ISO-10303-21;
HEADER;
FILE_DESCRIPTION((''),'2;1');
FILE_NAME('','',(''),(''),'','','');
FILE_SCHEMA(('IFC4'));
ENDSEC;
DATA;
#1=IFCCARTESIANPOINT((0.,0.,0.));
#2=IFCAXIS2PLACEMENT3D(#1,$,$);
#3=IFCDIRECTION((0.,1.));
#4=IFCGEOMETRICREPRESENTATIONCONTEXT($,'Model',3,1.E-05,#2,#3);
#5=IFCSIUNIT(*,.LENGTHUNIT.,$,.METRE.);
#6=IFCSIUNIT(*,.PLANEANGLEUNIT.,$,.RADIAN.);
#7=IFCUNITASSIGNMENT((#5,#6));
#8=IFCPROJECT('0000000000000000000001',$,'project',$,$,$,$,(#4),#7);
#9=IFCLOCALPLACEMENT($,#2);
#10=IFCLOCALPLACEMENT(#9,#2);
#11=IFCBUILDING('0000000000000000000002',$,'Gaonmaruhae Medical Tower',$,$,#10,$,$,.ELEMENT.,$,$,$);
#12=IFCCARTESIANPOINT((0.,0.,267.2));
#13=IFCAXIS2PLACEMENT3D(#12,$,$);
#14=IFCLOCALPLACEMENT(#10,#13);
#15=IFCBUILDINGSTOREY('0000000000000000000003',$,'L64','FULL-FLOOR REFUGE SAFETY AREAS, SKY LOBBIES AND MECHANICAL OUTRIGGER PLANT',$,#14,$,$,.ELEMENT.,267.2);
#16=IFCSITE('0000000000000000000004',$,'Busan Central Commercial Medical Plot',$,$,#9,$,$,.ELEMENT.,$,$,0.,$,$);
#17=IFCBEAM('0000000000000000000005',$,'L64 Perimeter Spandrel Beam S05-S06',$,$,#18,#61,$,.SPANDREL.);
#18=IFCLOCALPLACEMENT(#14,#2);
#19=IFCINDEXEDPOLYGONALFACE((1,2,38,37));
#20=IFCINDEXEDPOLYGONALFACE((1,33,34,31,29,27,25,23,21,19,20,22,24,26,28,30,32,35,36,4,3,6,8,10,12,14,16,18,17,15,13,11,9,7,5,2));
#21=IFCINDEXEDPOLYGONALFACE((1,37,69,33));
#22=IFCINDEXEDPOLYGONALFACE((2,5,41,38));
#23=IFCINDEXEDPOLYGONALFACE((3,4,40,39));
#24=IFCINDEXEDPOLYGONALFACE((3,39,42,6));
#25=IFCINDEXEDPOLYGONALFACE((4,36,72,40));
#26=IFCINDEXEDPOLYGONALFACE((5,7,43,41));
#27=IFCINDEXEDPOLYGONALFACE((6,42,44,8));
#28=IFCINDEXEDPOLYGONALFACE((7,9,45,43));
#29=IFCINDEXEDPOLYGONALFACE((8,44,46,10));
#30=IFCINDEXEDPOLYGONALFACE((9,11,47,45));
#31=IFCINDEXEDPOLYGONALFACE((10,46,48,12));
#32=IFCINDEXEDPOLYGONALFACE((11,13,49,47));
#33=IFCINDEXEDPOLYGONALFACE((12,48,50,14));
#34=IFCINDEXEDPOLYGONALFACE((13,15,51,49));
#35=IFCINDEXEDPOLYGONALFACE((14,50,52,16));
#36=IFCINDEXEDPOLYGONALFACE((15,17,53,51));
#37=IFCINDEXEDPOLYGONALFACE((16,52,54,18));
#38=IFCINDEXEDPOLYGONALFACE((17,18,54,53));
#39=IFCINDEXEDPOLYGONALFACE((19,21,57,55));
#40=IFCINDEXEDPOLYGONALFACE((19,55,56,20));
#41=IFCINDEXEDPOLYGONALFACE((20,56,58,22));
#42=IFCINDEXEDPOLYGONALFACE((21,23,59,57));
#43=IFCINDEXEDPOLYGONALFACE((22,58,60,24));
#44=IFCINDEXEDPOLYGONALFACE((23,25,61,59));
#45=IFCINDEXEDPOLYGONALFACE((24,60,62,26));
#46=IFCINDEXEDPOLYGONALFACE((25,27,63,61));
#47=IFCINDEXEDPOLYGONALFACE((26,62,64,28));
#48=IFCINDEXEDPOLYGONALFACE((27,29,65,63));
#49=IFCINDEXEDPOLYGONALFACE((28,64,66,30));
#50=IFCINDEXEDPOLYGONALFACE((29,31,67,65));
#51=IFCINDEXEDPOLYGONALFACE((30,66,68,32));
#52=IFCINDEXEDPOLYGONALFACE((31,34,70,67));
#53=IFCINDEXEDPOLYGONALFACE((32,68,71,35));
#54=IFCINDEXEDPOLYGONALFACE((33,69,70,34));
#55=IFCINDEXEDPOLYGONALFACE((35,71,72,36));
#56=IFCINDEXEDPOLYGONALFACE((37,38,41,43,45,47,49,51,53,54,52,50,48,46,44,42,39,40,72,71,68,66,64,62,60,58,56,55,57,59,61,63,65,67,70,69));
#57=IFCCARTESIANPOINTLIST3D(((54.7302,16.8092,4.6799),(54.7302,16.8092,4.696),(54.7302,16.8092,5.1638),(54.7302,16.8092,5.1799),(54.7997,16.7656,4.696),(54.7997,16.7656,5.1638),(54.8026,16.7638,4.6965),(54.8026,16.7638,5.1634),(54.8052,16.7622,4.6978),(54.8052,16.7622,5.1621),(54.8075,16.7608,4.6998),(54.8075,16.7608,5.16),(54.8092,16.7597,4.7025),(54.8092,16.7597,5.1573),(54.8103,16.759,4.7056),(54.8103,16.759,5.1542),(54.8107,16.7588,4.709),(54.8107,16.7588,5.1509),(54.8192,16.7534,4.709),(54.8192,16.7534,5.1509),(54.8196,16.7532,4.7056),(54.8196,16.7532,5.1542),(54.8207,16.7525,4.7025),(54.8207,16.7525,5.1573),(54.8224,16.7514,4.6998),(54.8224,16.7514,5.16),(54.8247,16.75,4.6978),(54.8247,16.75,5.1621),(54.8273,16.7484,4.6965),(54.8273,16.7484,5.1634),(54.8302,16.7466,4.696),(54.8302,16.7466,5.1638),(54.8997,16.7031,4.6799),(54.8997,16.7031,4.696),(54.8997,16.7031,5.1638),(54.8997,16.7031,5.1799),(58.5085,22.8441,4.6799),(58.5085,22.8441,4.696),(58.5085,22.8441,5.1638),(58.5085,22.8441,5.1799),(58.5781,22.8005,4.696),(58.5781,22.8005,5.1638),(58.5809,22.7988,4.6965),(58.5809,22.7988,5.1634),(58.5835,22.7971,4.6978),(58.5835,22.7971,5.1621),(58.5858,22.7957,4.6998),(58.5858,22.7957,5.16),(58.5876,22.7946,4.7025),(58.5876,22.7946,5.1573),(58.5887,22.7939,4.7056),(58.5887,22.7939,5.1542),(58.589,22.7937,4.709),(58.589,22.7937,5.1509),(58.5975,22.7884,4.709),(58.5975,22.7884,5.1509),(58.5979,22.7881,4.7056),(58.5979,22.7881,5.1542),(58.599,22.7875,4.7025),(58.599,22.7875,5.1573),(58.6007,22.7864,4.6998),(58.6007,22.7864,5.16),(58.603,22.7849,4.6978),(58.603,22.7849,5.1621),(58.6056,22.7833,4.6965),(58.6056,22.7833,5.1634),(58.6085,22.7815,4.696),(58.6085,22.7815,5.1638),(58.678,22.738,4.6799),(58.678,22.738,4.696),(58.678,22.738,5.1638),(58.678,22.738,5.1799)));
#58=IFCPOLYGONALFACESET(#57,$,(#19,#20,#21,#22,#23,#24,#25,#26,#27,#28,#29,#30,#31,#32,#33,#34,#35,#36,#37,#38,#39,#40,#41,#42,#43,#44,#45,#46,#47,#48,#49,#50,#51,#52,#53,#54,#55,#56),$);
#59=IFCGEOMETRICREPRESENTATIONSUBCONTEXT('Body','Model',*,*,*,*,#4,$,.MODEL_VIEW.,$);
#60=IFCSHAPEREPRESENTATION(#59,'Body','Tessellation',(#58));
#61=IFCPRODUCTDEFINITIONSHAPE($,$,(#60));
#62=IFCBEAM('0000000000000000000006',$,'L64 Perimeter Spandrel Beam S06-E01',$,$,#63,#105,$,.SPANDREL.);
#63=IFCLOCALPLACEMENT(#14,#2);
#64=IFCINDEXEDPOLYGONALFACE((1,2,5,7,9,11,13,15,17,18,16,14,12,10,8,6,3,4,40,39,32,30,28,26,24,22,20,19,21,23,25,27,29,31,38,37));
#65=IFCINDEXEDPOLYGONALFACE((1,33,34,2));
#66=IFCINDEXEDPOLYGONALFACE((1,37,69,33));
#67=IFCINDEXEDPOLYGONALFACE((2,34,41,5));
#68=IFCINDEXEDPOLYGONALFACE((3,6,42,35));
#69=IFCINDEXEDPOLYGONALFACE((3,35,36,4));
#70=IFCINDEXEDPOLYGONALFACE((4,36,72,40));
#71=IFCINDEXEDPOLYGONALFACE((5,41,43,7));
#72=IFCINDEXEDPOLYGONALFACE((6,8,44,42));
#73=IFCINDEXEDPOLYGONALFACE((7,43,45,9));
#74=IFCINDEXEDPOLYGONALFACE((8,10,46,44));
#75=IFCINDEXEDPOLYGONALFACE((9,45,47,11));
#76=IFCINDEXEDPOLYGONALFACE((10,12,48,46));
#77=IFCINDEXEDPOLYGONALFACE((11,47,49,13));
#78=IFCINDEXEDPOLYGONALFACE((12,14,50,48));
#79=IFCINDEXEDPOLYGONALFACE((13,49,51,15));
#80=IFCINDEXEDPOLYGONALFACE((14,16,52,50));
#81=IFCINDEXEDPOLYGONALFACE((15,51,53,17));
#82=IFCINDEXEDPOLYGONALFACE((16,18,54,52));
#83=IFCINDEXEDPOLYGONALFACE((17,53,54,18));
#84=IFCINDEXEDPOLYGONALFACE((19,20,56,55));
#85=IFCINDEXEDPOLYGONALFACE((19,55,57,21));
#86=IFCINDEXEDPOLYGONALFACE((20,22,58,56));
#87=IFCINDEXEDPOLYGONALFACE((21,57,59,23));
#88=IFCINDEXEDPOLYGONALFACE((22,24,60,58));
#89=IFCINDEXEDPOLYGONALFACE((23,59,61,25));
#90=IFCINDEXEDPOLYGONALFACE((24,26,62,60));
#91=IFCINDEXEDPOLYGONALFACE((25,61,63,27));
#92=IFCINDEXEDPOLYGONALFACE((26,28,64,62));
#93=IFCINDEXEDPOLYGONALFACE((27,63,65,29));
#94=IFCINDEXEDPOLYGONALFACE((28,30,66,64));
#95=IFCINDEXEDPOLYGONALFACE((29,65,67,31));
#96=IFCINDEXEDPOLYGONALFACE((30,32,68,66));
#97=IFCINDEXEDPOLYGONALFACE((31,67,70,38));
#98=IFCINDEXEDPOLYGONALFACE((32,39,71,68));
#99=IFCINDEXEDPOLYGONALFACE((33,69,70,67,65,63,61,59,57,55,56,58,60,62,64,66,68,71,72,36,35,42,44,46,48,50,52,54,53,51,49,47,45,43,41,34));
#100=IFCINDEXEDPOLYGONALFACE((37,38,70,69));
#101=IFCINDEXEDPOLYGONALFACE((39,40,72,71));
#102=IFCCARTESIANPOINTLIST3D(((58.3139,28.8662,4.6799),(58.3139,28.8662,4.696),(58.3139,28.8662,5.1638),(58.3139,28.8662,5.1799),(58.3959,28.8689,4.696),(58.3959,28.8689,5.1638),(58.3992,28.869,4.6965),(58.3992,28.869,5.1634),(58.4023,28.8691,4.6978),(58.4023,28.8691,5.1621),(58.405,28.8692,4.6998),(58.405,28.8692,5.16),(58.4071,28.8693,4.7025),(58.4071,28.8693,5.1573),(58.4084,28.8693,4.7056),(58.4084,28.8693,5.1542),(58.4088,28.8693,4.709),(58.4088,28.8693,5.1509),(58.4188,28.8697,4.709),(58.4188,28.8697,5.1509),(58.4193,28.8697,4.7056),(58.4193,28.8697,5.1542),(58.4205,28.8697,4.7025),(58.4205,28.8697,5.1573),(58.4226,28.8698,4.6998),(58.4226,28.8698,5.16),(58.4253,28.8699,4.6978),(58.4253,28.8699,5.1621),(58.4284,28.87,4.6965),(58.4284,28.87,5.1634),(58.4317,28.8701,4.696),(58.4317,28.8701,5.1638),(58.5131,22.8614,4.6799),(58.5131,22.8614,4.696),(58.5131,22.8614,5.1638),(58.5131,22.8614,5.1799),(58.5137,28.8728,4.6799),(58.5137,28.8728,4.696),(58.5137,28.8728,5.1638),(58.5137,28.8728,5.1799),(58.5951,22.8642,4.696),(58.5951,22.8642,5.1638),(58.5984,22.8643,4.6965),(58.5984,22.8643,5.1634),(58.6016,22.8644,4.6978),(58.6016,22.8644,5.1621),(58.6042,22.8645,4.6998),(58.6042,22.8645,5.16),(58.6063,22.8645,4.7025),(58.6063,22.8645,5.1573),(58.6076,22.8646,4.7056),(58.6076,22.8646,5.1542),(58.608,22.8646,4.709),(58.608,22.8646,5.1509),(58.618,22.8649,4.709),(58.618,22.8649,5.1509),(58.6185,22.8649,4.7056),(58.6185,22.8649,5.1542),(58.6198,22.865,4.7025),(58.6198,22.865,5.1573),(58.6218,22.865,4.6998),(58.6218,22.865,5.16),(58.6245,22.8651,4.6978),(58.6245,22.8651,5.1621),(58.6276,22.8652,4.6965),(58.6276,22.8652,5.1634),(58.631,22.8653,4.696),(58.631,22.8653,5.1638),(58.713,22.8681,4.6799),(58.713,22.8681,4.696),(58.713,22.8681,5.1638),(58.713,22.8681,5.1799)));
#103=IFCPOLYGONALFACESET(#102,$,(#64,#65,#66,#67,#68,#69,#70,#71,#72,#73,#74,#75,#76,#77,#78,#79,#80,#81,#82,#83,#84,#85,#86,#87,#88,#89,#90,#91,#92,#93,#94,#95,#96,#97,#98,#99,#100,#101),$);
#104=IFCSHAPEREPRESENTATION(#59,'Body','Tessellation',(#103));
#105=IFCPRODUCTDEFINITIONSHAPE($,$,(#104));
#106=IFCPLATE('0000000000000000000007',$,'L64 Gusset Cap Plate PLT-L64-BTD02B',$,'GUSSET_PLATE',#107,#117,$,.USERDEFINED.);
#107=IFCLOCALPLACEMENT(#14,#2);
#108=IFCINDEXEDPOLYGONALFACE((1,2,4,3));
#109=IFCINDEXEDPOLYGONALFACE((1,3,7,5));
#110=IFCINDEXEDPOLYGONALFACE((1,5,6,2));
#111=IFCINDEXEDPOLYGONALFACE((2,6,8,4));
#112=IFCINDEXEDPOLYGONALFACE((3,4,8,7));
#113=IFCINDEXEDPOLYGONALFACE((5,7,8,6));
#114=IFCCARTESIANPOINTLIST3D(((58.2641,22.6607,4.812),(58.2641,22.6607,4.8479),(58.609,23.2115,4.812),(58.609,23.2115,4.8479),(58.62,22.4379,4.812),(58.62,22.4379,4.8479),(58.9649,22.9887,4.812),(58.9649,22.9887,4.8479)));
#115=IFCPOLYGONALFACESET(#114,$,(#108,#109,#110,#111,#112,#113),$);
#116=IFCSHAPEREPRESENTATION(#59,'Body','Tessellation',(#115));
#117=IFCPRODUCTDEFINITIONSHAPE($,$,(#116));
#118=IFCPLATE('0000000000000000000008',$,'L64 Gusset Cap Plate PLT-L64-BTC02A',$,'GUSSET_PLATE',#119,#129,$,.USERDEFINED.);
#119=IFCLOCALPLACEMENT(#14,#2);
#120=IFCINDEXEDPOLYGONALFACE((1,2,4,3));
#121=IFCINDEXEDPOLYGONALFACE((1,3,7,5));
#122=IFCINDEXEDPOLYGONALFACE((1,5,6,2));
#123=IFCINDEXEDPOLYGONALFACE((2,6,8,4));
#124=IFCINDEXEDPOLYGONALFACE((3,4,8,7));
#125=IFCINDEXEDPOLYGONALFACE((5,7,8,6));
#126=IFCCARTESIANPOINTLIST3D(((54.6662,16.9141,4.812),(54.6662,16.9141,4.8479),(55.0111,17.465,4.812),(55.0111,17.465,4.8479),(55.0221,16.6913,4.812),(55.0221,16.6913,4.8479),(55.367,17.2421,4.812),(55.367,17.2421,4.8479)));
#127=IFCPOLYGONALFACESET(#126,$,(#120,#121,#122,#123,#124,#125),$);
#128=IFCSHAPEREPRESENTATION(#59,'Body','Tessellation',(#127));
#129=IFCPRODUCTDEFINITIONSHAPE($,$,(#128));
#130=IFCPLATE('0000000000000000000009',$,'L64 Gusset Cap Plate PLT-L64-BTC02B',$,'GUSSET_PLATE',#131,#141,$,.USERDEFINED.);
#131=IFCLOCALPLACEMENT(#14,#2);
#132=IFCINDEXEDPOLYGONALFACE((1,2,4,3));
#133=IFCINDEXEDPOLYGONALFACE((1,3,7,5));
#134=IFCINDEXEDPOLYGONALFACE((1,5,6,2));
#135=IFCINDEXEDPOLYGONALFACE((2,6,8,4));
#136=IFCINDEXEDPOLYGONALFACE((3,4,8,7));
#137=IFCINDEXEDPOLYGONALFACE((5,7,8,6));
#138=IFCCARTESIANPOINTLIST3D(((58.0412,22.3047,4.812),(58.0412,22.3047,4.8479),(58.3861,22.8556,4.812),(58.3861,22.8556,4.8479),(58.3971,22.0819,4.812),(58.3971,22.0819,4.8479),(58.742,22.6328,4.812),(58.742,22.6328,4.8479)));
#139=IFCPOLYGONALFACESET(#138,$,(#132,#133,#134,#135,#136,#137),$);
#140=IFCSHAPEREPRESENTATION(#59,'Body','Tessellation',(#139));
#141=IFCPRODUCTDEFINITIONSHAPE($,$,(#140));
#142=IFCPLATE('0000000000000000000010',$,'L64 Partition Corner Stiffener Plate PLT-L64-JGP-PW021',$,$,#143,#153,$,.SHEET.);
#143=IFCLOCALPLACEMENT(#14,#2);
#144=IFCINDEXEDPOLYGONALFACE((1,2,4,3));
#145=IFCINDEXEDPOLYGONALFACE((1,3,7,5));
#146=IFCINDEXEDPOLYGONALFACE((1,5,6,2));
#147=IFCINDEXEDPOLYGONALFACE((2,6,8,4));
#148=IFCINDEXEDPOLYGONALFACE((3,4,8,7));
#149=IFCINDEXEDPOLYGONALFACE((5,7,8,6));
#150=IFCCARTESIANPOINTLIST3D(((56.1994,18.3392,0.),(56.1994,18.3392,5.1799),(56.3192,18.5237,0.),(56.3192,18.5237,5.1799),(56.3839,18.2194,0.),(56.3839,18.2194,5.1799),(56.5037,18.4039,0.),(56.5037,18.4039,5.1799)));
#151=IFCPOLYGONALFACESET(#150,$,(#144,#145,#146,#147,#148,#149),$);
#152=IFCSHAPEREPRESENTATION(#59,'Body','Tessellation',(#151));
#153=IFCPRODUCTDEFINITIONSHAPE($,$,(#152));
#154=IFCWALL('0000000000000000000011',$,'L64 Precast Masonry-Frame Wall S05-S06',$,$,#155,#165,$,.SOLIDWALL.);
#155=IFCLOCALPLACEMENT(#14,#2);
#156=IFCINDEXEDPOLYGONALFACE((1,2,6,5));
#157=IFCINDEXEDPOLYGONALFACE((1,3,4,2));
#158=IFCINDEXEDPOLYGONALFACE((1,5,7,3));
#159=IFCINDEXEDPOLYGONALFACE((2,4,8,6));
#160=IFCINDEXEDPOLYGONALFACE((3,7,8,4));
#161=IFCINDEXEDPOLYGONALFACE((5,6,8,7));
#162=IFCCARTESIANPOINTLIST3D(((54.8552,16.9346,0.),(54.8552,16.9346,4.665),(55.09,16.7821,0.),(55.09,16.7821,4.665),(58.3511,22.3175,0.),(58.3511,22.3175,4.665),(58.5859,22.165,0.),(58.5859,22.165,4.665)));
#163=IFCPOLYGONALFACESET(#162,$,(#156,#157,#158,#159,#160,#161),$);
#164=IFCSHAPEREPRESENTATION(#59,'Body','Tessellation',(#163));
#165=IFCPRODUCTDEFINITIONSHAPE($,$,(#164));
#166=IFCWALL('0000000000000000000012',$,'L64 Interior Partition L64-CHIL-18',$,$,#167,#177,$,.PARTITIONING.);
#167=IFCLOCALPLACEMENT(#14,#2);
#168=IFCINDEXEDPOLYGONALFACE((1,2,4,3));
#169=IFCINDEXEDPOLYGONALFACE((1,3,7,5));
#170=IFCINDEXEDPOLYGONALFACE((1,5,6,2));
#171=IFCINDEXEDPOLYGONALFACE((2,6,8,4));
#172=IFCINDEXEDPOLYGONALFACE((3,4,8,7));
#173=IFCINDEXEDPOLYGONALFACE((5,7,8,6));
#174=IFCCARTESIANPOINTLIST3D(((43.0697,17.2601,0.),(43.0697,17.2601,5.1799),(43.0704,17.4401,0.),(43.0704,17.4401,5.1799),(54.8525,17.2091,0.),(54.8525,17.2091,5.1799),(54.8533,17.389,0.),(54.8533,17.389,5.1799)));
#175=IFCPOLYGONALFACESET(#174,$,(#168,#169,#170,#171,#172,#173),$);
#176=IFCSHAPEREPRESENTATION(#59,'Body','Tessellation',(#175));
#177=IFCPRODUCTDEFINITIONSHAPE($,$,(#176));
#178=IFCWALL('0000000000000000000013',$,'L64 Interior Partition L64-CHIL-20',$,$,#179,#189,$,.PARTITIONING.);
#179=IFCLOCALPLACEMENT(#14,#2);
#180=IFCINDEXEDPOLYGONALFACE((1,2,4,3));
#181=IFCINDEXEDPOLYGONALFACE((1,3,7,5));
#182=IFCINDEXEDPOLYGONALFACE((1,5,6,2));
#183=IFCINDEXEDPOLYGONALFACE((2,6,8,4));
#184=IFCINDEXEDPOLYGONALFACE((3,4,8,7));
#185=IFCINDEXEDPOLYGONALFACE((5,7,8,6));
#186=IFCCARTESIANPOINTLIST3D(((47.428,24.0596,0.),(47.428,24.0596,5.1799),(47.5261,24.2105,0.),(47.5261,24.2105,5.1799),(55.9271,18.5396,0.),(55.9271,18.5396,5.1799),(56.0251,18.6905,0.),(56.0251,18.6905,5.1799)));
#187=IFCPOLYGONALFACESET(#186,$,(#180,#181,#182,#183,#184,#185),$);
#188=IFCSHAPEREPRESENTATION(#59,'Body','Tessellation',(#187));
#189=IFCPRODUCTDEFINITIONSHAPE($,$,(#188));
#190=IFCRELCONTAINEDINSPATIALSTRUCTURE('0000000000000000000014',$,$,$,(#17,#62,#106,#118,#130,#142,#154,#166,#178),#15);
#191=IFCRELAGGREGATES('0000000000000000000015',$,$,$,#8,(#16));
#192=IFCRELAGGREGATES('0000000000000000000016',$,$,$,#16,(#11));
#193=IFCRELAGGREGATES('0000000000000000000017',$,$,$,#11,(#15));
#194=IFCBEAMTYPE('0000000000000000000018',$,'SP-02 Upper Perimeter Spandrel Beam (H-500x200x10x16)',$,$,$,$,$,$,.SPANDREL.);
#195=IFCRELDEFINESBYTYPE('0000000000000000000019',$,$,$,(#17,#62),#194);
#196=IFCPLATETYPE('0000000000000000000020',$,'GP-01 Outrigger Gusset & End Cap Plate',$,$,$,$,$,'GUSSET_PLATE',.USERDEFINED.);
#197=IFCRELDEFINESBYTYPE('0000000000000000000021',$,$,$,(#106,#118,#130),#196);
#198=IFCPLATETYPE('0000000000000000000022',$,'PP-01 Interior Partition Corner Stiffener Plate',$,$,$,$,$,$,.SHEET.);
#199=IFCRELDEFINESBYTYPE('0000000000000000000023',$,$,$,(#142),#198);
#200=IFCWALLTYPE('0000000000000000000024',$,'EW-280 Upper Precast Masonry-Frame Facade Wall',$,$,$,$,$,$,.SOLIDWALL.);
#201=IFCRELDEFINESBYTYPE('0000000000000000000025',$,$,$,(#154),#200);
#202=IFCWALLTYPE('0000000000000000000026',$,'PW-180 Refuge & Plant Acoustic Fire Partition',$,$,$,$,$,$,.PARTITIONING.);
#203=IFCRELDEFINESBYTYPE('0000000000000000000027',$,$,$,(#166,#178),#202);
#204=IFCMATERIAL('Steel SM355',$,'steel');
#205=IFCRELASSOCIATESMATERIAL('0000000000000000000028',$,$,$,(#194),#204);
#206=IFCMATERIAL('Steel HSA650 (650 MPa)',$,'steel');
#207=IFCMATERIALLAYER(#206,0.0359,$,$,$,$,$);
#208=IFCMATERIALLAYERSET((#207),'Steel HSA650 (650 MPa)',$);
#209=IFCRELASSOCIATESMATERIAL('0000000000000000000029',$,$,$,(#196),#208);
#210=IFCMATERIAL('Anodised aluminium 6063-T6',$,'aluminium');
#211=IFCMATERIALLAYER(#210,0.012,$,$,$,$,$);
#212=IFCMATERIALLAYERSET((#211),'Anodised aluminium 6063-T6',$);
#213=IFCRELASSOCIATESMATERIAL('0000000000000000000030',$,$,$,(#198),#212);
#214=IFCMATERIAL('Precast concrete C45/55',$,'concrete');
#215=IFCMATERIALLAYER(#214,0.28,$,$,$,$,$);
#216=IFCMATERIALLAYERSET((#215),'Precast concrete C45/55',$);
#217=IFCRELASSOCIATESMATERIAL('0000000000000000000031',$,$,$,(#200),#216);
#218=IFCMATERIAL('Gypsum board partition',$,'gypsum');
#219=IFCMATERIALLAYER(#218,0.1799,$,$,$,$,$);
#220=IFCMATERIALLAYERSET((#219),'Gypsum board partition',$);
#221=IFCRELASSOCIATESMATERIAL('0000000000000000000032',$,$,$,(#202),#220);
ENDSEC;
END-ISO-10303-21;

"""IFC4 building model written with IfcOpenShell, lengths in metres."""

from ifc_helpers import new_model, si_unit, direction, frame, frame_2d, origin, origin_2d, place, context, subcontext, project, spatial, rectangle, i_section, extrude, material, layer, layer_set, material_profile, profile_set, type_object, element, save


model = new_model("IFC4")

# Units and contexts
model_context = context("Model", 3, precision=1e-05, world=origin(), true_north=direction((0.0, 1.0)))
body_context = subcontext(model_context, "Body", "Model", "MODEL_VIEW")
ifc_project = project(units=[si_unit("LENGTHUNIT", "METRE"), si_unit("PLANEANGLEUNIT", "RADIAN")], contexts=[model_context])

# Site, building, storey
site_placement = place(None, origin())
site = spatial("IfcSite", under=ifc_project, at=site_placement, Name="Busan Central Commercial Medical Plot", CompositionType="ELEMENT", RefElevation=0.0)
building_placement = place(site_placement, origin())
building = spatial("IfcBuilding", under=site, at=building_placement, Name="Gaonmaruhae Medical Tower", CompositionType="ELEMENT")
storey_placement = place(building_placement, frame((0.0, 0.0, 267.2)))
storey = spatial("IfcBuildingStorey", under=building, at=storey_placement, Name="L64", Description="FULL-FLOOR REFUGE SAFETY AREAS, SKY LOBBIES AND MECHANICAL OUTRIGGER PLANT", CompositionType="ELEMENT", Elevation=267.2)

# Shared definitions
ifc_material_1 = material(Name="Steel HSA650 (650 MPa)", Category="steel")

# Beams
ifc_material_2 = material(Name="Steel SM355", Category="steel")
ifc_material_profile_1 = material_profile(ifc_material_2, i_section(OverallWidth=0.2, OverallDepth=0.5, WebThickness=0.01, FlangeThickness=0.0161, FilletRadius=0.0129, at=origin_2d()), Name="H-500x200x10x16")
ifc_profile_set_1 = profile_set([ifc_material_profile_1], Name="Steel SM355")
beam_type_1 = type_object("IfcBeamType", Name="SP-02 Upper Perimeter Spandrel Beam (H-500x200x10x16)", PredefinedType="SPANDREL", material=ifc_profile_set_1)
beam_1_placement = place(storey_placement, frame((54.8149, 16.7561, 4.9299), z_axis=(0.530655, 0.847588, 0.0), x_axis=(-0.847588, 0.530655, 0.0)))
element("IfcBeam", 1, at=beam_1_placement, inside=storey, type_object=beam_type_1, Name="L64 Perimeter Spandrel Beam S05-S06", PredefinedType="SPANDREL", context=body_context, shape_type="SweptSolid", body=[
    extrude(i_section(OverallWidth=0.2, OverallDepth=0.5, WebThickness=0.01, FlangeThickness=0.0161, FilletRadius=0.0129, at=origin_2d()), origin(), (0.0, 0.0, 1.0), 7.1201),
])
beam_2_placement = place(storey_placement, frame((58.613, 22.8647, 4.9299), z_axis=(-0.033159, 0.99945, 0.0), x_axis=(-0.99945, -0.033159, 0.0)))
element("IfcBeam", 2, at=beam_2_placement, inside=storey, type_object=beam_type_1, Name="L64 Perimeter Spandrel Beam S06-E01", PredefinedType="SPANDREL", context=body_context, shape_type="SweptSolid", body=[
    extrude(i_section(OverallWidth=0.2, OverallDepth=0.5, WebThickness=0.01, FlangeThickness=0.0161, FilletRadius=0.0129, at=origin_2d()), origin(), (0.0, 0.0, 1.0), 6.0081),
])

# Plates
ifc_layer_1 = layer(ifc_material_1, 0.0359)
ifc_layer_set_1 = layer_set([ifc_layer_1], Name="Steel HSA650 (650 MPa)")
plate_type_1 = type_object("IfcPlateType", Name="GP-01 Outrigger Gusset & End Cap Plate", ElementType="GUSSET_PLATE", PredefinedType="USERDEFINED", material=ifc_layer_set_1)
for number, where, z_axis, x_axis, name in (
    (3, (58.6145, 22.8247, 4.812), (0.0, 0.0, 1.0), (0.530659, 0.847585, 0.0), "L64 Gusset Cap Plate PLT-L64-BTD02B"),
    (4, (55.0166, 17.0781, 4.812), (0.0, 0.0, 1.0), (0.530659, 0.847585, 0.0), "L64 Gusset Cap Plate PLT-L64-BTC02A"),
    (5, (58.3916, 22.4688, 4.812), (0.0, 0.0, 1.0), (0.530659, 0.847585, 0.0), "L64 Gusset Cap Plate PLT-L64-BTC02B"),
):
    element("IfcPlate", number, at=place(storey_placement, frame(where, z_axis=z_axis, x_axis=x_axis)), inside=storey, type_object=plate_type_1, Name=name, ObjectType="GUSSET_PLATE", PredefinedType="USERDEFINED", context=body_context, shape_type="SweptSolid", body=[
        extrude(rectangle(XDim=0.6499, YDim=0.4199, at=origin_2d()), origin(), (0.0, 0.0, 1.0), 0.0359),
    ])
ifc_material_3 = material(Name="Anodised aluminium 6063-T6", Category="aluminium")
ifc_layer_2 = layer(ifc_material_3, 0.012)
ifc_layer_set_2 = layer_set([ifc_layer_2], Name="Anodised aluminium 6063-T6")
plate_type_2 = type_object("IfcPlateType", Name="PP-01 Interior Partition Corner Stiffener Plate", PredefinedType="SHEET", material=ifc_layer_set_2)
plate_placement = place(storey_placement, frame((56.3516, 18.3716, 0.0), z_axis=(0.0, 0.0, 1.0), x_axis=(0.838709, -0.54458, 0.0)))
element("IfcPlate", 6, at=plate_placement, inside=storey, type_object=plate_type_2, Name="L64 Partition Corner Stiffener Plate PLT-L64-JGP-PW021", PredefinedType="SHEET", context=body_context, shape_type="SweptSolid", body=[
    extrude(rectangle(XDim=0.22, YDim=0.22, at=origin_2d()), origin(), (0.0, 0.0, 1.0), 5.1799),
])

# Walls
ifc_material_4 = material(Name="Precast concrete C45/55", Category="concrete")
ifc_layer_3 = layer(ifc_material_4, 0.28)
ifc_layer_set_3 = layer_set([ifc_layer_3], Name="Precast concrete C45/55")
wall_type_1 = type_object("IfcWallType", Name="EW-280 Upper Precast Masonry-Frame Facade Wall", PredefinedType="SOLIDWALL", material=ifc_layer_set_3)
wall_1_placement = place(storey_placement, frame((58.4685, 22.2412, 0.0), z_axis=(0.0, 0.0, 1.0), x_axis=(-0.544662, -0.838656, 0.0)))
element("IfcWall", 7, at=wall_1_placement, inside=storey, type_object=wall_type_1, Name="L64 Precast Masonry-Frame Wall S05-S06", PredefinedType="SOLIDWALL", context=body_context, shape_type="SweptSolid", body=[
    extrude(rectangle(XDim=6.4185, YDim=0.28, at=frame_2d((3.2092, 0.0))), origin(), (0.0, 0.0, 1.0), 4.665),
])
ifc_material_5 = material(Name="Gypsum board partition", Category="gypsum")
ifc_layer_4 = layer(ifc_material_5, 0.1799)
ifc_layer_set_4 = layer_set([ifc_layer_4], Name="Gypsum board partition")
wall_type_2 = type_object("IfcWallType", Name="PW-180 Refuge & Plant Acoustic Fire Partition", PredefinedType="PARTITIONING", material=ifc_layer_set_4)
wall_2_placement = place(storey_placement, frame((54.853, 17.2991, 0.0), z_axis=(0.0, 0.0, 1.0), x_axis=(-0.999991, 0.00433, 0.0)))
element("IfcWall", 8, at=wall_2_placement, inside=storey, type_object=wall_type_2, Name="L64 Interior Partition L64-CHIL-18", PredefinedType="PARTITIONING", context=body_context, shape_type="SweptSolid", body=[
    extrude(rectangle(XDim=11.783, YDim=0.1799, at=frame_2d((5.8916, 0.0))), origin(), (0.0, 0.0, 1.0), 5.1799),
])
wall_3_placement = place(storey_placement, frame((47.4771, 24.135, 0.0), z_axis=(0.0, 0.0, 1.0), x_axis=(0.83864, -0.544687, 0.0)))
element("IfcWall", 9, at=wall_3_placement, inside=storey, type_object=wall_type_2, Name="L64 Interior Partition L64-CHIL-20", PredefinedType="PARTITIONING", context=body_context, shape_type="SweptSolid", body=[
    extrude(rectangle(XDim=10.1343, YDim=0.1799, at=frame_2d((5.0671, 0.0))), origin(), (0.0, 0.0, 1.0), 5.1799),
])

save(model, "model.ifc")
